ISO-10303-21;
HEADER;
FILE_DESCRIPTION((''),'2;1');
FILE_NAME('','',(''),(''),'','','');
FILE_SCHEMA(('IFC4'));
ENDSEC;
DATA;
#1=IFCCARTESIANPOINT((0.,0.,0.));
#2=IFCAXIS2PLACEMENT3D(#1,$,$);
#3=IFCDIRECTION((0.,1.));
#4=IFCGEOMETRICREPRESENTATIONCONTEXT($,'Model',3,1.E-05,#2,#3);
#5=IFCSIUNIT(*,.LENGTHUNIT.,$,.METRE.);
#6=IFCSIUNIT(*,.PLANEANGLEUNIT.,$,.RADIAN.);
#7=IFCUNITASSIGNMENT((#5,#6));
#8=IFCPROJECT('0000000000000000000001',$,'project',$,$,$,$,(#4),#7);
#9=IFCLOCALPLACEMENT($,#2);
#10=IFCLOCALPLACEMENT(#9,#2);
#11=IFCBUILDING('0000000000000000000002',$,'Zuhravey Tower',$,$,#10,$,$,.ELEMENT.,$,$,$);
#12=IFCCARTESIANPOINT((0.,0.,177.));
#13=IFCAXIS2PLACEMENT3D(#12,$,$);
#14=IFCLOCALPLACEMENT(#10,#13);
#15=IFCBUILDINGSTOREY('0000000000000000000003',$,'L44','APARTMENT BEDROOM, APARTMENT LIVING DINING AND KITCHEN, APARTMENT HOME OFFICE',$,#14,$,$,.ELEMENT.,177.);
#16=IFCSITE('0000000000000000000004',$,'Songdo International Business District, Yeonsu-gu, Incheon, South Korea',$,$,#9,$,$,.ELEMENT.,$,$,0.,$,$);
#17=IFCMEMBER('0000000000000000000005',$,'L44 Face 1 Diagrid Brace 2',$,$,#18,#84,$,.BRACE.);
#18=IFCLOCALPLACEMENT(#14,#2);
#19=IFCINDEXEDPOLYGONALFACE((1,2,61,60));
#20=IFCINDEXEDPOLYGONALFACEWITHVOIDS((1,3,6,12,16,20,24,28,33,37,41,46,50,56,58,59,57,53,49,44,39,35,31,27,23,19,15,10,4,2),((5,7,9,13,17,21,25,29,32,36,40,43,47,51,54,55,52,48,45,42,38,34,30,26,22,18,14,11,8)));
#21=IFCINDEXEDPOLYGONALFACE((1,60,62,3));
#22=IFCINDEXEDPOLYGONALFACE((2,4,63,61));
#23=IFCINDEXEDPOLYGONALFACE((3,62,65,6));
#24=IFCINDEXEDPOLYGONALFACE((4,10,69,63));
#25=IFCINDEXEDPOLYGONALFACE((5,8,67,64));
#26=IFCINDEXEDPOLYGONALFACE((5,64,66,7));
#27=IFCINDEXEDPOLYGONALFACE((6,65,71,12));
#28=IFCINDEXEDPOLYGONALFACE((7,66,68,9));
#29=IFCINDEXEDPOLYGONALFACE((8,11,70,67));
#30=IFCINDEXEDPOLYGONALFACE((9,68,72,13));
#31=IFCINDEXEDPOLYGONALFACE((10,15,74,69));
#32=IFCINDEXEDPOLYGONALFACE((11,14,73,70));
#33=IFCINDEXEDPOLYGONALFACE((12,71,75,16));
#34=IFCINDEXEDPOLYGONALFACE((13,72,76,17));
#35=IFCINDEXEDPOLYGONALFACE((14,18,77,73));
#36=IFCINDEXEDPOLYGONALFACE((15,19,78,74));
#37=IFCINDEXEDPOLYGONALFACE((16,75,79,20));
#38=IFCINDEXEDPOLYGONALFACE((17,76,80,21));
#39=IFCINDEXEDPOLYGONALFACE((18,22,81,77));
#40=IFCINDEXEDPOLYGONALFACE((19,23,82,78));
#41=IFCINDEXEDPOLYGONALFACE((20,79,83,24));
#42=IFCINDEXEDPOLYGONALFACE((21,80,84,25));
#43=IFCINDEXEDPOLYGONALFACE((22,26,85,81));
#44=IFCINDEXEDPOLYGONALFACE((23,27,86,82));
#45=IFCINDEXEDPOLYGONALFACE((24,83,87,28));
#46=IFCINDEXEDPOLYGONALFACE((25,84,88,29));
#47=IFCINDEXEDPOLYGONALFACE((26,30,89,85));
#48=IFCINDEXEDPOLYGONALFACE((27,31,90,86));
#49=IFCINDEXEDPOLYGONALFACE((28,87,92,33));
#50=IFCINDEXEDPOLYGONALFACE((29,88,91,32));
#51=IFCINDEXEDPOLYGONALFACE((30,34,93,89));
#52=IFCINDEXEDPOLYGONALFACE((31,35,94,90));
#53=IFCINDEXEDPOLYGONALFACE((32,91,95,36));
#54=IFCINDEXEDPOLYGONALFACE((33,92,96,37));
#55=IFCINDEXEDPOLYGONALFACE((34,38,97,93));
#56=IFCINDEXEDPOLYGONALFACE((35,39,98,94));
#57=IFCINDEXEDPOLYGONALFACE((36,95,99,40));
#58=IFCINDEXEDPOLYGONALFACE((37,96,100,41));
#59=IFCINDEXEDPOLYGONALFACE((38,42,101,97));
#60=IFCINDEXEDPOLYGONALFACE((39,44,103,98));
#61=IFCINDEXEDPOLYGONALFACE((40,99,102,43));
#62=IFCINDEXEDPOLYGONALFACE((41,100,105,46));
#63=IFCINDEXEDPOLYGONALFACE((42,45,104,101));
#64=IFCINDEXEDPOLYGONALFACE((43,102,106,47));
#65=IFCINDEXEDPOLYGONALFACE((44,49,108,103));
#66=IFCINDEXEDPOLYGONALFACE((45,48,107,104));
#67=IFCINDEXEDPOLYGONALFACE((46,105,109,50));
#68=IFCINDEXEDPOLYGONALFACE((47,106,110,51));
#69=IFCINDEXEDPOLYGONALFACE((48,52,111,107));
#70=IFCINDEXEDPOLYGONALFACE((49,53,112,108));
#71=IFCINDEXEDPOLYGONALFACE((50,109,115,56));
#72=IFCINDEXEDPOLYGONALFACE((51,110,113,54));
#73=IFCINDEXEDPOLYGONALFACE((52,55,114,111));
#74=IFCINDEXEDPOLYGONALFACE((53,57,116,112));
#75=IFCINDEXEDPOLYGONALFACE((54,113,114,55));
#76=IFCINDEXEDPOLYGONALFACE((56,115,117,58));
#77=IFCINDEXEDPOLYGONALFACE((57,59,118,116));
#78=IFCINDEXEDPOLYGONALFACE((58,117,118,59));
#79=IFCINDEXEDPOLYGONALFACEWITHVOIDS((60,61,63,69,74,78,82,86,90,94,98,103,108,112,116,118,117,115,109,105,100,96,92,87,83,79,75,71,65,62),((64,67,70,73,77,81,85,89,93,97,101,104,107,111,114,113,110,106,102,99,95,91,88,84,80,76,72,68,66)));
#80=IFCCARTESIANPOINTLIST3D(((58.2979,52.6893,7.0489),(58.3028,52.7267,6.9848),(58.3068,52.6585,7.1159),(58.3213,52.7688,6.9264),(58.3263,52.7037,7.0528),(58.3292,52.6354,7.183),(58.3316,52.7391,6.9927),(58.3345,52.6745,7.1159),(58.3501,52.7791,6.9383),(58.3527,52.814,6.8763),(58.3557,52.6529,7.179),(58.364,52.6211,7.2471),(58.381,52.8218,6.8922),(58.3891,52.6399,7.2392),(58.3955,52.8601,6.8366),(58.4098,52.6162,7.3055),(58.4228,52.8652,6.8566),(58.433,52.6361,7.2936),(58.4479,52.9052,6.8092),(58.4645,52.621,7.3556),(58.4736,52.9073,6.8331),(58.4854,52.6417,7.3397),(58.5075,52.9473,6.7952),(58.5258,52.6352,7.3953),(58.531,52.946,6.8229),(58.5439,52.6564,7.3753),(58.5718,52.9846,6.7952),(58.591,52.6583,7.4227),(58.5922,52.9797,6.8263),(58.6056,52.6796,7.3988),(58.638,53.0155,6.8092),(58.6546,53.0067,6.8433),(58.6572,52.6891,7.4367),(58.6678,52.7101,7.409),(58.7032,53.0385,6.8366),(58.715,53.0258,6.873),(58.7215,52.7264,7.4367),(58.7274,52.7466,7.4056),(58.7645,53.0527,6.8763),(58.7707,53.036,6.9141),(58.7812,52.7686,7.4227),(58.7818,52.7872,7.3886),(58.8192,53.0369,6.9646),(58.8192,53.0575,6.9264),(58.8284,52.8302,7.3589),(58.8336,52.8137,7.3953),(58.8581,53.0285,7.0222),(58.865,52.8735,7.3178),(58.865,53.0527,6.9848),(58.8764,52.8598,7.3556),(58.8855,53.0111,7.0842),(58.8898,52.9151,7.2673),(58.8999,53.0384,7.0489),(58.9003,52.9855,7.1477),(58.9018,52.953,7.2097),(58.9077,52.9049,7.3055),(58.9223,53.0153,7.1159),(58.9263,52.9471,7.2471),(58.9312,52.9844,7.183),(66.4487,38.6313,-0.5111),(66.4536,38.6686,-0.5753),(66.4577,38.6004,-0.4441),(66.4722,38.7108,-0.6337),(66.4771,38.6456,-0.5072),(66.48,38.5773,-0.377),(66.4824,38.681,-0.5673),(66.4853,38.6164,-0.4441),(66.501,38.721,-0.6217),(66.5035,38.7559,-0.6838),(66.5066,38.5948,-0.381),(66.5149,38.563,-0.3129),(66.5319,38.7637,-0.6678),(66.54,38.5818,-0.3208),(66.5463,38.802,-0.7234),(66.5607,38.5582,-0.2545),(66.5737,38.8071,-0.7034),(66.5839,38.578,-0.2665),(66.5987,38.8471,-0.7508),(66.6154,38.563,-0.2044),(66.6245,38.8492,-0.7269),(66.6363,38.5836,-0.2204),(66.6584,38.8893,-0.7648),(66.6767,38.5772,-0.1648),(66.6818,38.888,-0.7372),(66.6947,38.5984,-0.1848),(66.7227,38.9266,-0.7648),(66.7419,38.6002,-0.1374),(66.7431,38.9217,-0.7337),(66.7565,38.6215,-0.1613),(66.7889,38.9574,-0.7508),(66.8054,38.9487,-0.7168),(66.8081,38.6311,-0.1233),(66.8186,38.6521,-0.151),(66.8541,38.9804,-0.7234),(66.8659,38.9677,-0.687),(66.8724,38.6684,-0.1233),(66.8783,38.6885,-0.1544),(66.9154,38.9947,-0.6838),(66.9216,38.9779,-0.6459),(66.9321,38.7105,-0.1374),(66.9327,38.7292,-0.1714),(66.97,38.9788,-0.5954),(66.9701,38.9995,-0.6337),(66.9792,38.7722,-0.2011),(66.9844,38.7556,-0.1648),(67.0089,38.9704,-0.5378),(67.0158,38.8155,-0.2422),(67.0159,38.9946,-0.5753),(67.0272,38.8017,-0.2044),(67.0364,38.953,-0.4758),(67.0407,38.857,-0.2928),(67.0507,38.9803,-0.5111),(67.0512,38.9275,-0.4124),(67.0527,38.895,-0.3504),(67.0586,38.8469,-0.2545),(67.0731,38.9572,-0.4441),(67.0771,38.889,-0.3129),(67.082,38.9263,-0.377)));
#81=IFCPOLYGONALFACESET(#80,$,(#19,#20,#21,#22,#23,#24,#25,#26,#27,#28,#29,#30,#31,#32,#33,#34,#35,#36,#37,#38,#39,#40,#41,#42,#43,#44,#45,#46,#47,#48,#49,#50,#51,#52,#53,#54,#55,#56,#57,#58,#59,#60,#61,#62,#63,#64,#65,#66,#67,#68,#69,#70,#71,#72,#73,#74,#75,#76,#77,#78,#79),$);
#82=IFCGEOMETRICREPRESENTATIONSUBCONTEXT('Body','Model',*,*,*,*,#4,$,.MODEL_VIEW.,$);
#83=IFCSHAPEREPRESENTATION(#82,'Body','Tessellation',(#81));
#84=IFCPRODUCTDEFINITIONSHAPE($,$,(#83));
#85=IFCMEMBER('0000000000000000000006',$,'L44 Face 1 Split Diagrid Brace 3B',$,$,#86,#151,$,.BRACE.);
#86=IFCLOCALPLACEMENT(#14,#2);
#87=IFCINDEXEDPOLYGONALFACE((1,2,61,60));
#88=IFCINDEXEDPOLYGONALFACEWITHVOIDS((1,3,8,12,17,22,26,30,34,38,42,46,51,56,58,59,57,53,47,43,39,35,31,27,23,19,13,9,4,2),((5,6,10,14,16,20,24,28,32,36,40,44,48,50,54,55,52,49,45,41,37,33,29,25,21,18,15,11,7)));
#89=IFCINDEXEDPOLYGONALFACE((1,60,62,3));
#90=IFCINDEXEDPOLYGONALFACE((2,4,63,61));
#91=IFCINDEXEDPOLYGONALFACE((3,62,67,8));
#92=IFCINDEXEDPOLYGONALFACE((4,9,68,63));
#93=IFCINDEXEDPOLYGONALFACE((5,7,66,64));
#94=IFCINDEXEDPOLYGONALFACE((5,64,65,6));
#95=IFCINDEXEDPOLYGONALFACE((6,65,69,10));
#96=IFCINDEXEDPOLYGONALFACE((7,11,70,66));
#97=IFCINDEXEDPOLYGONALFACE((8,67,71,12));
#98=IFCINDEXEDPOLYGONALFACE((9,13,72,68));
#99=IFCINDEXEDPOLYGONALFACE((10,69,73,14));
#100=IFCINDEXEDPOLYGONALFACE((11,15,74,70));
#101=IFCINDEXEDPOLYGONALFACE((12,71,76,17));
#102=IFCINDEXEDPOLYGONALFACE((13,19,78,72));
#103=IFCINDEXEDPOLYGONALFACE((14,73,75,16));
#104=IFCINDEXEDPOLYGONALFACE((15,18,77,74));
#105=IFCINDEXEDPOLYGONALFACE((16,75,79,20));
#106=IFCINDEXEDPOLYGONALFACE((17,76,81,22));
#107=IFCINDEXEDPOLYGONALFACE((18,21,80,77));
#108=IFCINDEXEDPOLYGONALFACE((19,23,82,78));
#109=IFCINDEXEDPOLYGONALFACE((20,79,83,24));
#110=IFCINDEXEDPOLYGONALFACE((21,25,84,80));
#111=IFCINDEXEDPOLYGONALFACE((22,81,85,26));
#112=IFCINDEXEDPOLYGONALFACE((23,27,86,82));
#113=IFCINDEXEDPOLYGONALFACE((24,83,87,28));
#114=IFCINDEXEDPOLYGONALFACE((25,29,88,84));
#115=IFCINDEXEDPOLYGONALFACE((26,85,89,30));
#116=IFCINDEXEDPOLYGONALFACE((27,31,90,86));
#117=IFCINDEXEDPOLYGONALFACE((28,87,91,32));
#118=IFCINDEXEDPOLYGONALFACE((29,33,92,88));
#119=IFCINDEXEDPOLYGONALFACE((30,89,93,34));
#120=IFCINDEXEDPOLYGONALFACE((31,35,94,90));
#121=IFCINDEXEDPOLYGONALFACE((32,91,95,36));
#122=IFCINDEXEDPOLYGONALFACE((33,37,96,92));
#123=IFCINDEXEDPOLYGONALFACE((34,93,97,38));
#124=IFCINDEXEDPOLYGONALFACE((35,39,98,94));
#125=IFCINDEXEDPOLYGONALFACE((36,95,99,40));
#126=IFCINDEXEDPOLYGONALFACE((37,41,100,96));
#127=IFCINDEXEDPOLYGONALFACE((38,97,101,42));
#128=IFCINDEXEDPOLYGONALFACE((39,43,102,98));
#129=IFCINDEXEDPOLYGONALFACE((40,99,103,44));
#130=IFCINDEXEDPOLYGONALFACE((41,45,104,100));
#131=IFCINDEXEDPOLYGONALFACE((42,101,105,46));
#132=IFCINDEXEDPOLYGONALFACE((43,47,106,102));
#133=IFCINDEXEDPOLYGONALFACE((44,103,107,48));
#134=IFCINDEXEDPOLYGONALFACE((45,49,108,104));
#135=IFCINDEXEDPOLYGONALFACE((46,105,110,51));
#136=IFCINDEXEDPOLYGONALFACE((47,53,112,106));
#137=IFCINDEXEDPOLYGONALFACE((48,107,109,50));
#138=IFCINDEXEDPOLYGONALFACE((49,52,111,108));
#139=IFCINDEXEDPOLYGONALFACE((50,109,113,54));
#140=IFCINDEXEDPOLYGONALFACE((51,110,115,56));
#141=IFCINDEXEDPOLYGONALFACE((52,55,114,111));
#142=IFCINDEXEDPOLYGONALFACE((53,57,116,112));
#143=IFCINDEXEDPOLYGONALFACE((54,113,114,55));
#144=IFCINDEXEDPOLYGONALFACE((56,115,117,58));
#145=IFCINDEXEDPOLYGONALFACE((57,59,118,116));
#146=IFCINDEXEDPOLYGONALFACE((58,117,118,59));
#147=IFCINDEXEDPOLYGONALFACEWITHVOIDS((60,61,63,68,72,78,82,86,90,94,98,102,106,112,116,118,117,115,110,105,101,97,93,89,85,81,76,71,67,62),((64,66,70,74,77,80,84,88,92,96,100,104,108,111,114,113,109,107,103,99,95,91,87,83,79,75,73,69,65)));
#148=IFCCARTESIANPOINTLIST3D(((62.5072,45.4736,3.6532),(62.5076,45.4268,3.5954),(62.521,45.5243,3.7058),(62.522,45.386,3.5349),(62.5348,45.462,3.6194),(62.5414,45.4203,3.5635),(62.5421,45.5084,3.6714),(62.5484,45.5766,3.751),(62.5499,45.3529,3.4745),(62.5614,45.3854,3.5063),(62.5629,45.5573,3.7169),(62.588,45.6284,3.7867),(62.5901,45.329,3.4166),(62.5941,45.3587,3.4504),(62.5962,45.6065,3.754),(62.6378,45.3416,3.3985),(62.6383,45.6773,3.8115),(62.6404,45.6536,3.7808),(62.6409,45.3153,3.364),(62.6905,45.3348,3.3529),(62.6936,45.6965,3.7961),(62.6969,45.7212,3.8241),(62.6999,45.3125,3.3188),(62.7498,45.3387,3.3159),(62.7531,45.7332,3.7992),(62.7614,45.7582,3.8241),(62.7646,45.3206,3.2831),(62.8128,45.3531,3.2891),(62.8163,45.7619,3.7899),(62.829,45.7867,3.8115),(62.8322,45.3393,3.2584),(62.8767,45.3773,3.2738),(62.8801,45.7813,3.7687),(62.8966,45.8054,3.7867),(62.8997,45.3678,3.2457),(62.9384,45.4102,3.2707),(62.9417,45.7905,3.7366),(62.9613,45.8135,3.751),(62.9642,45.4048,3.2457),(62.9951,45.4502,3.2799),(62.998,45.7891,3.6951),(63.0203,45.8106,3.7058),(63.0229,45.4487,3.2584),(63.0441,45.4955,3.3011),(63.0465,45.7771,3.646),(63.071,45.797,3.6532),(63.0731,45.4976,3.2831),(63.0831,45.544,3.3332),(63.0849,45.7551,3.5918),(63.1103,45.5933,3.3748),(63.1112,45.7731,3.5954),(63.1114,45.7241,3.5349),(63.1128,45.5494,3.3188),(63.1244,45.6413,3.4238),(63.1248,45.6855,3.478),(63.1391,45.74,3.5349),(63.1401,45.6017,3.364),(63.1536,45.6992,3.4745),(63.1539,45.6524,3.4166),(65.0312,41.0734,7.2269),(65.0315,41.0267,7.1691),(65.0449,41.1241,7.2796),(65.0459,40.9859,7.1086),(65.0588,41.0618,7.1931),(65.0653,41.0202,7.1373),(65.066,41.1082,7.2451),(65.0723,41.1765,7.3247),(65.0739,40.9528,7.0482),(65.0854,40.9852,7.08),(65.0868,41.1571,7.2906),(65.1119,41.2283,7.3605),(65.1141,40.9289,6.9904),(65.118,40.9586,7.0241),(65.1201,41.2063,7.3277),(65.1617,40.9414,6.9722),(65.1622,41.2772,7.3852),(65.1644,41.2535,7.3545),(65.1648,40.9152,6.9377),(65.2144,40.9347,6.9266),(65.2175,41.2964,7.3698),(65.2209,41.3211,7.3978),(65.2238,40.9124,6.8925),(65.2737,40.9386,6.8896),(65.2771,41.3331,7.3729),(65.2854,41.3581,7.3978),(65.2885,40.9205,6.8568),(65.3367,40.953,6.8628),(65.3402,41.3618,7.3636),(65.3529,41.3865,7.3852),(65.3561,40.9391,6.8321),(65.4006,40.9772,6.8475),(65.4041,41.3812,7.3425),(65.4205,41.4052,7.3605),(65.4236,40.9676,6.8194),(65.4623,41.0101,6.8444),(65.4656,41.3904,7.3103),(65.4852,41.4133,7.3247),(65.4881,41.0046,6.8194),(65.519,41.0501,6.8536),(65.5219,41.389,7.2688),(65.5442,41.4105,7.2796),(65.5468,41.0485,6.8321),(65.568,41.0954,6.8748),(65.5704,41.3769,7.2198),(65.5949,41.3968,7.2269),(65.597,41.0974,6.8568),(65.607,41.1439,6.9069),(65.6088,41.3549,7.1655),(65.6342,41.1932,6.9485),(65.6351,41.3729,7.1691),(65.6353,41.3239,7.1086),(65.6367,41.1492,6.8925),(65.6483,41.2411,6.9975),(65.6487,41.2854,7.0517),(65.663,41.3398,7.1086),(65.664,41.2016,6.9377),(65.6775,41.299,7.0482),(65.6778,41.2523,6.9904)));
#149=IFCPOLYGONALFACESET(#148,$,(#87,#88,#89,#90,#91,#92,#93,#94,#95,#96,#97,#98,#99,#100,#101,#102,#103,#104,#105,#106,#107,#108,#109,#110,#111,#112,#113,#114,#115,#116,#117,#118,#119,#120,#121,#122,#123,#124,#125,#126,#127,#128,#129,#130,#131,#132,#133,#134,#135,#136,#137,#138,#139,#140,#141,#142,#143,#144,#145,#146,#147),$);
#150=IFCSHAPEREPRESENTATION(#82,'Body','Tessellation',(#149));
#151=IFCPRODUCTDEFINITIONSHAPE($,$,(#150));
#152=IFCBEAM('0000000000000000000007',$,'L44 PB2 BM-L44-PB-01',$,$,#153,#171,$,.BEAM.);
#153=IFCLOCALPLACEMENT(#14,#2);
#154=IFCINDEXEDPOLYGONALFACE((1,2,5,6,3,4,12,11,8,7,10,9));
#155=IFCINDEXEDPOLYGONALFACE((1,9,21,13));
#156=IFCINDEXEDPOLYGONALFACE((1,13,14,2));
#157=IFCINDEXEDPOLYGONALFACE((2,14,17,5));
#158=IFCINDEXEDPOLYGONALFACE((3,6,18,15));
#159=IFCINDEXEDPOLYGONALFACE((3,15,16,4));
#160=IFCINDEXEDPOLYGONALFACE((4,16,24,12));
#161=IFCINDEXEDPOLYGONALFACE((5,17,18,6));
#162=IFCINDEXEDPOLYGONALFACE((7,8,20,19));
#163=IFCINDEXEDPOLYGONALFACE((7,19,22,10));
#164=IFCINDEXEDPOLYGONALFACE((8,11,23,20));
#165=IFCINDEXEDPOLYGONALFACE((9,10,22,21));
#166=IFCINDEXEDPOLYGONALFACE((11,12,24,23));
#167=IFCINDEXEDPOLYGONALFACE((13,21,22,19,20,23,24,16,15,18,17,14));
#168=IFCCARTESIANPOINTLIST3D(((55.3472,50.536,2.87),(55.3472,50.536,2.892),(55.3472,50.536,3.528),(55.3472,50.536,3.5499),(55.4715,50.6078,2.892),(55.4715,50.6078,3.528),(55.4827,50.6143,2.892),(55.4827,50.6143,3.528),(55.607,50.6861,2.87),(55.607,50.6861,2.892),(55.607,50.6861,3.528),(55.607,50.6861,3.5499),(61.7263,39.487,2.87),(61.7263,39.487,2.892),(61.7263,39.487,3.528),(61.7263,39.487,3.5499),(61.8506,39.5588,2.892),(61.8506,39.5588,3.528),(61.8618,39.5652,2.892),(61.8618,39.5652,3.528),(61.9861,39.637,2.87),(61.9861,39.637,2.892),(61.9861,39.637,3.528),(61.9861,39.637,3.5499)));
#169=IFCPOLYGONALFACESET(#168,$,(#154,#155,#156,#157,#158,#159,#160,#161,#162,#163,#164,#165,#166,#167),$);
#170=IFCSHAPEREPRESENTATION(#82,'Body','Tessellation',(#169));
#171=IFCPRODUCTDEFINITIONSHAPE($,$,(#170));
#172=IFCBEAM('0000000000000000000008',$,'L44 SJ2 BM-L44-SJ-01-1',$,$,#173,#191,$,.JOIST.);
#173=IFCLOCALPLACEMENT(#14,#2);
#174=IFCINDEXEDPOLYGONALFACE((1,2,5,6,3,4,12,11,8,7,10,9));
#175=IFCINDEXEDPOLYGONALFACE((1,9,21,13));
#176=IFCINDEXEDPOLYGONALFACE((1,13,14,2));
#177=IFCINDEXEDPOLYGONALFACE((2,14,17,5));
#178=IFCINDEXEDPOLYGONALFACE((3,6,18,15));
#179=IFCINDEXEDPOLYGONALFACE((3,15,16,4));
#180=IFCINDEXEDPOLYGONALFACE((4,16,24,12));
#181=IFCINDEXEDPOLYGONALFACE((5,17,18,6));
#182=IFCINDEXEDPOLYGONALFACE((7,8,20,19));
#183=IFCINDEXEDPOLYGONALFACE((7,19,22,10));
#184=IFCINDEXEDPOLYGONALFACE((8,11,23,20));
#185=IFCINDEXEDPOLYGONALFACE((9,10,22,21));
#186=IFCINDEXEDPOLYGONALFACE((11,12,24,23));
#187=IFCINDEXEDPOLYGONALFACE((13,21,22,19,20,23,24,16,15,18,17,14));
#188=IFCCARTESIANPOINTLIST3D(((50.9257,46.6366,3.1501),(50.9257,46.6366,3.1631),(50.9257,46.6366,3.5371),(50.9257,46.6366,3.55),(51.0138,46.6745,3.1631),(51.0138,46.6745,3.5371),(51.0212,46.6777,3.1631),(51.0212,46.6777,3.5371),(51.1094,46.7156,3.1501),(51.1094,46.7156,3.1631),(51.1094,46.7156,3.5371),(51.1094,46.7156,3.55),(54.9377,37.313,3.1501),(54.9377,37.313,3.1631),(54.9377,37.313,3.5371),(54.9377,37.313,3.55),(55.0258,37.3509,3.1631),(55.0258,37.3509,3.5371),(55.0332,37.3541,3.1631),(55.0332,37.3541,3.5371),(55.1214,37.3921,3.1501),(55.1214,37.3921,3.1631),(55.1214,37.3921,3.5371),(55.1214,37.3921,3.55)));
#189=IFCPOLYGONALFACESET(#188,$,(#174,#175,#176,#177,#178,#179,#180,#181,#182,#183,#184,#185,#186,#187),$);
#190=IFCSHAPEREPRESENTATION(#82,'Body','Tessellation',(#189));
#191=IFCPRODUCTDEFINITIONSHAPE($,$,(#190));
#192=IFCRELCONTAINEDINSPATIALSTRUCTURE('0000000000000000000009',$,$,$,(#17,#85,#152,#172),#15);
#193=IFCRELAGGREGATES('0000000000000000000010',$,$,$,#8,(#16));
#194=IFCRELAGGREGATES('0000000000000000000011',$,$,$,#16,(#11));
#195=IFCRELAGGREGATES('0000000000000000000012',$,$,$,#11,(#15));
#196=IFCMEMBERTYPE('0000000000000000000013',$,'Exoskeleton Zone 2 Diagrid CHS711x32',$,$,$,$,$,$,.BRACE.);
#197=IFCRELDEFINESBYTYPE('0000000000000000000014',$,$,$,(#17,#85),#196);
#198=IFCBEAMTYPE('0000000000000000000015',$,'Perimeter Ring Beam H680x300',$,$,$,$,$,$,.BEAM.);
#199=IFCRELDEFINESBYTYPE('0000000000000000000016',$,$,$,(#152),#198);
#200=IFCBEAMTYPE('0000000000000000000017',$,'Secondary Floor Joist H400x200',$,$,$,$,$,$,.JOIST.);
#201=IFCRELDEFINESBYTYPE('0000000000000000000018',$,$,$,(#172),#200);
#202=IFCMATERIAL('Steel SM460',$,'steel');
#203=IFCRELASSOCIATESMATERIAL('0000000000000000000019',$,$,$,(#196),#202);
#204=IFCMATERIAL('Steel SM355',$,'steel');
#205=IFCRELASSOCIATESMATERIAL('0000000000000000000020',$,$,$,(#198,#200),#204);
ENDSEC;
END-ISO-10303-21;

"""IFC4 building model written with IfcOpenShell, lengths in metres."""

from ifc_helpers import new_model, si_unit, direction, frame, origin, origin_2d, place, context, subcontext, project, spatial, hollow_circle, i_section, extrude, material, material_profile, profile_set, type_object, element, save


model = new_model("IFC4")

# Units and contexts
model_context = context("Model", 3, precision=1e-05, world=origin(), true_north=direction((0.0, 1.0)))
body_context = subcontext(model_context, "Body", "Model", "MODEL_VIEW")
ifc_project = project(units=[si_unit("LENGTHUNIT", "METRE"), si_unit("PLANEANGLEUNIT", "RADIAN")], contexts=[model_context])

# Site, building, storey
site_placement = place(None, origin())
site = spatial("IfcSite", under=ifc_project, at=site_placement, Name="Songdo International Business District, Yeonsu-gu, Incheon, South Korea", CompositionType="ELEMENT", RefElevation=0.0)
building_placement = place(site_placement, origin())
building = spatial("IfcBuilding", under=site, at=building_placement, Name="Zuhravey Tower", CompositionType="ELEMENT")
storey_placement = place(building_placement, frame((0.0, 0.0, 177.0)))
storey = spatial("IfcBuildingStorey", under=building, at=storey_placement, Name="L44", Description="APARTMENT BEDROOM, APARTMENT LIVING DINING AND KITCHEN, APARTMENT HOME OFFICE", CompositionType="ELEMENT", Elevation=177.0)

# Members
ifc_material_1 = material(Name="Steel SM355", Category="steel")
ifc_material_2 = material(Name="Steel SM460", Category="steel")
ifc_material_profile_1 = material_profile(ifc_material_2, hollow_circle(Radius=0.3557, WallThickness=0.032, at=origin_2d()), Name="CHS-711.2x32")
ifc_profile_set_1 = profile_set([ifc_material_profile_1], Name="Steel SM460")
member_type_1 = type_object("IfcMemberType", Name="Exoskeleton Zone 2 Diagrid CHS711x32", PredefinedType="BRACE", material=ifc_profile_set_1)
member_1_placement = place(storey_placement, frame((66.7654, 38.7788, -0.4441), z_axis=(-0.454781, 0.784376, 0.421816), x_axis=(-0.865107, -0.501588, 0.0)))
element("IfcMember", 1, at=member_1_placement, inside=storey, type_object=member_type_1, Name="L44 Face 1 Diagrid Brace 2", PredefinedType="BRACE", context=body_context, shape_type="SweptSolid", body=[
    extrude(hollow_circle(Radius=0.3557, WallThickness=0.032, at=origin_2d()), origin(), (0.0, 0.0, 1.0), 17.9226),
])
member_2_placement = place(storey_placement, frame((62.8306, 45.563, 3.5349), z_axis=(0.406751, -0.70912, 0.575936), x_axis=(0.86743, 0.497558, 0.0)))
element("IfcMember", 2, at=member_2_placement, inside=storey, type_object=member_type_1, Name="L44 Face 1 Split Diagrid Brace 3B", PredefinedType="BRACE", context=body_context, shape_type="SweptSolid", body=[
    extrude(hollow_circle(Radius=0.3557, WallThickness=0.032, at=origin_2d()), origin(), (0.0, 0.0, 1.0), 6.2051),
])

# Beams
ifc_material_profile_2 = material_profile(ifc_material_1, i_section(OverallWidth=0.3, OverallDepth=0.6799, WebThickness=0.0129, FlangeThickness=0.022, at=origin_2d()), Name="H-680x300x13x22")
ifc_profile_set_2 = profile_set([ifc_material_profile_2], Name="Steel SM355")
beam_type_1 = type_object("IfcBeamType", Name="Perimeter Ring Beam H680x300", PredefinedType="BEAM", material=ifc_profile_set_2)
beam_1_placement = place(storey_placement, frame((61.8562, 39.562, 3.21), z_axis=(-0.499998, 0.866027, 0.0), x_axis=(-0.866027, -0.499998, 0.0)))
element("IfcBeam", 3, at=beam_1_placement, inside=storey, type_object=beam_type_1, Name="L44 PB2 BM-L44-PB-01", PredefinedType="BEAM", context=body_context, shape_type="SweptSolid", body=[
    extrude(i_section(OverallWidth=0.3, OverallDepth=0.6799, WebThickness=0.0129, FlangeThickness=0.022, at=origin_2d()), origin(), (0.0, 0.0, 1.0), 12.7583),
])
ifc_material_profile_3 = material_profile(ifc_material_1, i_section(OverallWidth=0.2, OverallDepth=0.3999, WebThickness=0.0081, FlangeThickness=0.0129, at=origin_2d()), Name="H-400x200x8x13")
ifc_profile_set_3 = profile_set([ifc_material_profile_3], Name="Steel SM355")
beam_type_2 = type_object("IfcBeamType", Name="Secondary Floor Joist H400x200", PredefinedType="JOIST", material=ifc_profile_set_3)
beam_2_placement = place(storey_placement, frame((55.0295, 37.3525, 3.3501), z_axis=(-0.395266, 0.918567, 0.0), x_axis=(-0.918567, -0.395266, 0.0)))
element("IfcBeam", 4, at=beam_2_placement, inside=storey, type_object=beam_type_2, Name="L44 SJ2 BM-L44-SJ-01-1", PredefinedType="JOIST", context=body_context, shape_type="SweptSolid", body=[
    extrude(i_section(OverallWidth=0.2, OverallDepth=0.3999, WebThickness=0.0081, FlangeThickness=0.0129, at=origin_2d()), origin(), (0.0, 0.0, 1.0), 10.1501),
])

save(model, "model.ifc")
